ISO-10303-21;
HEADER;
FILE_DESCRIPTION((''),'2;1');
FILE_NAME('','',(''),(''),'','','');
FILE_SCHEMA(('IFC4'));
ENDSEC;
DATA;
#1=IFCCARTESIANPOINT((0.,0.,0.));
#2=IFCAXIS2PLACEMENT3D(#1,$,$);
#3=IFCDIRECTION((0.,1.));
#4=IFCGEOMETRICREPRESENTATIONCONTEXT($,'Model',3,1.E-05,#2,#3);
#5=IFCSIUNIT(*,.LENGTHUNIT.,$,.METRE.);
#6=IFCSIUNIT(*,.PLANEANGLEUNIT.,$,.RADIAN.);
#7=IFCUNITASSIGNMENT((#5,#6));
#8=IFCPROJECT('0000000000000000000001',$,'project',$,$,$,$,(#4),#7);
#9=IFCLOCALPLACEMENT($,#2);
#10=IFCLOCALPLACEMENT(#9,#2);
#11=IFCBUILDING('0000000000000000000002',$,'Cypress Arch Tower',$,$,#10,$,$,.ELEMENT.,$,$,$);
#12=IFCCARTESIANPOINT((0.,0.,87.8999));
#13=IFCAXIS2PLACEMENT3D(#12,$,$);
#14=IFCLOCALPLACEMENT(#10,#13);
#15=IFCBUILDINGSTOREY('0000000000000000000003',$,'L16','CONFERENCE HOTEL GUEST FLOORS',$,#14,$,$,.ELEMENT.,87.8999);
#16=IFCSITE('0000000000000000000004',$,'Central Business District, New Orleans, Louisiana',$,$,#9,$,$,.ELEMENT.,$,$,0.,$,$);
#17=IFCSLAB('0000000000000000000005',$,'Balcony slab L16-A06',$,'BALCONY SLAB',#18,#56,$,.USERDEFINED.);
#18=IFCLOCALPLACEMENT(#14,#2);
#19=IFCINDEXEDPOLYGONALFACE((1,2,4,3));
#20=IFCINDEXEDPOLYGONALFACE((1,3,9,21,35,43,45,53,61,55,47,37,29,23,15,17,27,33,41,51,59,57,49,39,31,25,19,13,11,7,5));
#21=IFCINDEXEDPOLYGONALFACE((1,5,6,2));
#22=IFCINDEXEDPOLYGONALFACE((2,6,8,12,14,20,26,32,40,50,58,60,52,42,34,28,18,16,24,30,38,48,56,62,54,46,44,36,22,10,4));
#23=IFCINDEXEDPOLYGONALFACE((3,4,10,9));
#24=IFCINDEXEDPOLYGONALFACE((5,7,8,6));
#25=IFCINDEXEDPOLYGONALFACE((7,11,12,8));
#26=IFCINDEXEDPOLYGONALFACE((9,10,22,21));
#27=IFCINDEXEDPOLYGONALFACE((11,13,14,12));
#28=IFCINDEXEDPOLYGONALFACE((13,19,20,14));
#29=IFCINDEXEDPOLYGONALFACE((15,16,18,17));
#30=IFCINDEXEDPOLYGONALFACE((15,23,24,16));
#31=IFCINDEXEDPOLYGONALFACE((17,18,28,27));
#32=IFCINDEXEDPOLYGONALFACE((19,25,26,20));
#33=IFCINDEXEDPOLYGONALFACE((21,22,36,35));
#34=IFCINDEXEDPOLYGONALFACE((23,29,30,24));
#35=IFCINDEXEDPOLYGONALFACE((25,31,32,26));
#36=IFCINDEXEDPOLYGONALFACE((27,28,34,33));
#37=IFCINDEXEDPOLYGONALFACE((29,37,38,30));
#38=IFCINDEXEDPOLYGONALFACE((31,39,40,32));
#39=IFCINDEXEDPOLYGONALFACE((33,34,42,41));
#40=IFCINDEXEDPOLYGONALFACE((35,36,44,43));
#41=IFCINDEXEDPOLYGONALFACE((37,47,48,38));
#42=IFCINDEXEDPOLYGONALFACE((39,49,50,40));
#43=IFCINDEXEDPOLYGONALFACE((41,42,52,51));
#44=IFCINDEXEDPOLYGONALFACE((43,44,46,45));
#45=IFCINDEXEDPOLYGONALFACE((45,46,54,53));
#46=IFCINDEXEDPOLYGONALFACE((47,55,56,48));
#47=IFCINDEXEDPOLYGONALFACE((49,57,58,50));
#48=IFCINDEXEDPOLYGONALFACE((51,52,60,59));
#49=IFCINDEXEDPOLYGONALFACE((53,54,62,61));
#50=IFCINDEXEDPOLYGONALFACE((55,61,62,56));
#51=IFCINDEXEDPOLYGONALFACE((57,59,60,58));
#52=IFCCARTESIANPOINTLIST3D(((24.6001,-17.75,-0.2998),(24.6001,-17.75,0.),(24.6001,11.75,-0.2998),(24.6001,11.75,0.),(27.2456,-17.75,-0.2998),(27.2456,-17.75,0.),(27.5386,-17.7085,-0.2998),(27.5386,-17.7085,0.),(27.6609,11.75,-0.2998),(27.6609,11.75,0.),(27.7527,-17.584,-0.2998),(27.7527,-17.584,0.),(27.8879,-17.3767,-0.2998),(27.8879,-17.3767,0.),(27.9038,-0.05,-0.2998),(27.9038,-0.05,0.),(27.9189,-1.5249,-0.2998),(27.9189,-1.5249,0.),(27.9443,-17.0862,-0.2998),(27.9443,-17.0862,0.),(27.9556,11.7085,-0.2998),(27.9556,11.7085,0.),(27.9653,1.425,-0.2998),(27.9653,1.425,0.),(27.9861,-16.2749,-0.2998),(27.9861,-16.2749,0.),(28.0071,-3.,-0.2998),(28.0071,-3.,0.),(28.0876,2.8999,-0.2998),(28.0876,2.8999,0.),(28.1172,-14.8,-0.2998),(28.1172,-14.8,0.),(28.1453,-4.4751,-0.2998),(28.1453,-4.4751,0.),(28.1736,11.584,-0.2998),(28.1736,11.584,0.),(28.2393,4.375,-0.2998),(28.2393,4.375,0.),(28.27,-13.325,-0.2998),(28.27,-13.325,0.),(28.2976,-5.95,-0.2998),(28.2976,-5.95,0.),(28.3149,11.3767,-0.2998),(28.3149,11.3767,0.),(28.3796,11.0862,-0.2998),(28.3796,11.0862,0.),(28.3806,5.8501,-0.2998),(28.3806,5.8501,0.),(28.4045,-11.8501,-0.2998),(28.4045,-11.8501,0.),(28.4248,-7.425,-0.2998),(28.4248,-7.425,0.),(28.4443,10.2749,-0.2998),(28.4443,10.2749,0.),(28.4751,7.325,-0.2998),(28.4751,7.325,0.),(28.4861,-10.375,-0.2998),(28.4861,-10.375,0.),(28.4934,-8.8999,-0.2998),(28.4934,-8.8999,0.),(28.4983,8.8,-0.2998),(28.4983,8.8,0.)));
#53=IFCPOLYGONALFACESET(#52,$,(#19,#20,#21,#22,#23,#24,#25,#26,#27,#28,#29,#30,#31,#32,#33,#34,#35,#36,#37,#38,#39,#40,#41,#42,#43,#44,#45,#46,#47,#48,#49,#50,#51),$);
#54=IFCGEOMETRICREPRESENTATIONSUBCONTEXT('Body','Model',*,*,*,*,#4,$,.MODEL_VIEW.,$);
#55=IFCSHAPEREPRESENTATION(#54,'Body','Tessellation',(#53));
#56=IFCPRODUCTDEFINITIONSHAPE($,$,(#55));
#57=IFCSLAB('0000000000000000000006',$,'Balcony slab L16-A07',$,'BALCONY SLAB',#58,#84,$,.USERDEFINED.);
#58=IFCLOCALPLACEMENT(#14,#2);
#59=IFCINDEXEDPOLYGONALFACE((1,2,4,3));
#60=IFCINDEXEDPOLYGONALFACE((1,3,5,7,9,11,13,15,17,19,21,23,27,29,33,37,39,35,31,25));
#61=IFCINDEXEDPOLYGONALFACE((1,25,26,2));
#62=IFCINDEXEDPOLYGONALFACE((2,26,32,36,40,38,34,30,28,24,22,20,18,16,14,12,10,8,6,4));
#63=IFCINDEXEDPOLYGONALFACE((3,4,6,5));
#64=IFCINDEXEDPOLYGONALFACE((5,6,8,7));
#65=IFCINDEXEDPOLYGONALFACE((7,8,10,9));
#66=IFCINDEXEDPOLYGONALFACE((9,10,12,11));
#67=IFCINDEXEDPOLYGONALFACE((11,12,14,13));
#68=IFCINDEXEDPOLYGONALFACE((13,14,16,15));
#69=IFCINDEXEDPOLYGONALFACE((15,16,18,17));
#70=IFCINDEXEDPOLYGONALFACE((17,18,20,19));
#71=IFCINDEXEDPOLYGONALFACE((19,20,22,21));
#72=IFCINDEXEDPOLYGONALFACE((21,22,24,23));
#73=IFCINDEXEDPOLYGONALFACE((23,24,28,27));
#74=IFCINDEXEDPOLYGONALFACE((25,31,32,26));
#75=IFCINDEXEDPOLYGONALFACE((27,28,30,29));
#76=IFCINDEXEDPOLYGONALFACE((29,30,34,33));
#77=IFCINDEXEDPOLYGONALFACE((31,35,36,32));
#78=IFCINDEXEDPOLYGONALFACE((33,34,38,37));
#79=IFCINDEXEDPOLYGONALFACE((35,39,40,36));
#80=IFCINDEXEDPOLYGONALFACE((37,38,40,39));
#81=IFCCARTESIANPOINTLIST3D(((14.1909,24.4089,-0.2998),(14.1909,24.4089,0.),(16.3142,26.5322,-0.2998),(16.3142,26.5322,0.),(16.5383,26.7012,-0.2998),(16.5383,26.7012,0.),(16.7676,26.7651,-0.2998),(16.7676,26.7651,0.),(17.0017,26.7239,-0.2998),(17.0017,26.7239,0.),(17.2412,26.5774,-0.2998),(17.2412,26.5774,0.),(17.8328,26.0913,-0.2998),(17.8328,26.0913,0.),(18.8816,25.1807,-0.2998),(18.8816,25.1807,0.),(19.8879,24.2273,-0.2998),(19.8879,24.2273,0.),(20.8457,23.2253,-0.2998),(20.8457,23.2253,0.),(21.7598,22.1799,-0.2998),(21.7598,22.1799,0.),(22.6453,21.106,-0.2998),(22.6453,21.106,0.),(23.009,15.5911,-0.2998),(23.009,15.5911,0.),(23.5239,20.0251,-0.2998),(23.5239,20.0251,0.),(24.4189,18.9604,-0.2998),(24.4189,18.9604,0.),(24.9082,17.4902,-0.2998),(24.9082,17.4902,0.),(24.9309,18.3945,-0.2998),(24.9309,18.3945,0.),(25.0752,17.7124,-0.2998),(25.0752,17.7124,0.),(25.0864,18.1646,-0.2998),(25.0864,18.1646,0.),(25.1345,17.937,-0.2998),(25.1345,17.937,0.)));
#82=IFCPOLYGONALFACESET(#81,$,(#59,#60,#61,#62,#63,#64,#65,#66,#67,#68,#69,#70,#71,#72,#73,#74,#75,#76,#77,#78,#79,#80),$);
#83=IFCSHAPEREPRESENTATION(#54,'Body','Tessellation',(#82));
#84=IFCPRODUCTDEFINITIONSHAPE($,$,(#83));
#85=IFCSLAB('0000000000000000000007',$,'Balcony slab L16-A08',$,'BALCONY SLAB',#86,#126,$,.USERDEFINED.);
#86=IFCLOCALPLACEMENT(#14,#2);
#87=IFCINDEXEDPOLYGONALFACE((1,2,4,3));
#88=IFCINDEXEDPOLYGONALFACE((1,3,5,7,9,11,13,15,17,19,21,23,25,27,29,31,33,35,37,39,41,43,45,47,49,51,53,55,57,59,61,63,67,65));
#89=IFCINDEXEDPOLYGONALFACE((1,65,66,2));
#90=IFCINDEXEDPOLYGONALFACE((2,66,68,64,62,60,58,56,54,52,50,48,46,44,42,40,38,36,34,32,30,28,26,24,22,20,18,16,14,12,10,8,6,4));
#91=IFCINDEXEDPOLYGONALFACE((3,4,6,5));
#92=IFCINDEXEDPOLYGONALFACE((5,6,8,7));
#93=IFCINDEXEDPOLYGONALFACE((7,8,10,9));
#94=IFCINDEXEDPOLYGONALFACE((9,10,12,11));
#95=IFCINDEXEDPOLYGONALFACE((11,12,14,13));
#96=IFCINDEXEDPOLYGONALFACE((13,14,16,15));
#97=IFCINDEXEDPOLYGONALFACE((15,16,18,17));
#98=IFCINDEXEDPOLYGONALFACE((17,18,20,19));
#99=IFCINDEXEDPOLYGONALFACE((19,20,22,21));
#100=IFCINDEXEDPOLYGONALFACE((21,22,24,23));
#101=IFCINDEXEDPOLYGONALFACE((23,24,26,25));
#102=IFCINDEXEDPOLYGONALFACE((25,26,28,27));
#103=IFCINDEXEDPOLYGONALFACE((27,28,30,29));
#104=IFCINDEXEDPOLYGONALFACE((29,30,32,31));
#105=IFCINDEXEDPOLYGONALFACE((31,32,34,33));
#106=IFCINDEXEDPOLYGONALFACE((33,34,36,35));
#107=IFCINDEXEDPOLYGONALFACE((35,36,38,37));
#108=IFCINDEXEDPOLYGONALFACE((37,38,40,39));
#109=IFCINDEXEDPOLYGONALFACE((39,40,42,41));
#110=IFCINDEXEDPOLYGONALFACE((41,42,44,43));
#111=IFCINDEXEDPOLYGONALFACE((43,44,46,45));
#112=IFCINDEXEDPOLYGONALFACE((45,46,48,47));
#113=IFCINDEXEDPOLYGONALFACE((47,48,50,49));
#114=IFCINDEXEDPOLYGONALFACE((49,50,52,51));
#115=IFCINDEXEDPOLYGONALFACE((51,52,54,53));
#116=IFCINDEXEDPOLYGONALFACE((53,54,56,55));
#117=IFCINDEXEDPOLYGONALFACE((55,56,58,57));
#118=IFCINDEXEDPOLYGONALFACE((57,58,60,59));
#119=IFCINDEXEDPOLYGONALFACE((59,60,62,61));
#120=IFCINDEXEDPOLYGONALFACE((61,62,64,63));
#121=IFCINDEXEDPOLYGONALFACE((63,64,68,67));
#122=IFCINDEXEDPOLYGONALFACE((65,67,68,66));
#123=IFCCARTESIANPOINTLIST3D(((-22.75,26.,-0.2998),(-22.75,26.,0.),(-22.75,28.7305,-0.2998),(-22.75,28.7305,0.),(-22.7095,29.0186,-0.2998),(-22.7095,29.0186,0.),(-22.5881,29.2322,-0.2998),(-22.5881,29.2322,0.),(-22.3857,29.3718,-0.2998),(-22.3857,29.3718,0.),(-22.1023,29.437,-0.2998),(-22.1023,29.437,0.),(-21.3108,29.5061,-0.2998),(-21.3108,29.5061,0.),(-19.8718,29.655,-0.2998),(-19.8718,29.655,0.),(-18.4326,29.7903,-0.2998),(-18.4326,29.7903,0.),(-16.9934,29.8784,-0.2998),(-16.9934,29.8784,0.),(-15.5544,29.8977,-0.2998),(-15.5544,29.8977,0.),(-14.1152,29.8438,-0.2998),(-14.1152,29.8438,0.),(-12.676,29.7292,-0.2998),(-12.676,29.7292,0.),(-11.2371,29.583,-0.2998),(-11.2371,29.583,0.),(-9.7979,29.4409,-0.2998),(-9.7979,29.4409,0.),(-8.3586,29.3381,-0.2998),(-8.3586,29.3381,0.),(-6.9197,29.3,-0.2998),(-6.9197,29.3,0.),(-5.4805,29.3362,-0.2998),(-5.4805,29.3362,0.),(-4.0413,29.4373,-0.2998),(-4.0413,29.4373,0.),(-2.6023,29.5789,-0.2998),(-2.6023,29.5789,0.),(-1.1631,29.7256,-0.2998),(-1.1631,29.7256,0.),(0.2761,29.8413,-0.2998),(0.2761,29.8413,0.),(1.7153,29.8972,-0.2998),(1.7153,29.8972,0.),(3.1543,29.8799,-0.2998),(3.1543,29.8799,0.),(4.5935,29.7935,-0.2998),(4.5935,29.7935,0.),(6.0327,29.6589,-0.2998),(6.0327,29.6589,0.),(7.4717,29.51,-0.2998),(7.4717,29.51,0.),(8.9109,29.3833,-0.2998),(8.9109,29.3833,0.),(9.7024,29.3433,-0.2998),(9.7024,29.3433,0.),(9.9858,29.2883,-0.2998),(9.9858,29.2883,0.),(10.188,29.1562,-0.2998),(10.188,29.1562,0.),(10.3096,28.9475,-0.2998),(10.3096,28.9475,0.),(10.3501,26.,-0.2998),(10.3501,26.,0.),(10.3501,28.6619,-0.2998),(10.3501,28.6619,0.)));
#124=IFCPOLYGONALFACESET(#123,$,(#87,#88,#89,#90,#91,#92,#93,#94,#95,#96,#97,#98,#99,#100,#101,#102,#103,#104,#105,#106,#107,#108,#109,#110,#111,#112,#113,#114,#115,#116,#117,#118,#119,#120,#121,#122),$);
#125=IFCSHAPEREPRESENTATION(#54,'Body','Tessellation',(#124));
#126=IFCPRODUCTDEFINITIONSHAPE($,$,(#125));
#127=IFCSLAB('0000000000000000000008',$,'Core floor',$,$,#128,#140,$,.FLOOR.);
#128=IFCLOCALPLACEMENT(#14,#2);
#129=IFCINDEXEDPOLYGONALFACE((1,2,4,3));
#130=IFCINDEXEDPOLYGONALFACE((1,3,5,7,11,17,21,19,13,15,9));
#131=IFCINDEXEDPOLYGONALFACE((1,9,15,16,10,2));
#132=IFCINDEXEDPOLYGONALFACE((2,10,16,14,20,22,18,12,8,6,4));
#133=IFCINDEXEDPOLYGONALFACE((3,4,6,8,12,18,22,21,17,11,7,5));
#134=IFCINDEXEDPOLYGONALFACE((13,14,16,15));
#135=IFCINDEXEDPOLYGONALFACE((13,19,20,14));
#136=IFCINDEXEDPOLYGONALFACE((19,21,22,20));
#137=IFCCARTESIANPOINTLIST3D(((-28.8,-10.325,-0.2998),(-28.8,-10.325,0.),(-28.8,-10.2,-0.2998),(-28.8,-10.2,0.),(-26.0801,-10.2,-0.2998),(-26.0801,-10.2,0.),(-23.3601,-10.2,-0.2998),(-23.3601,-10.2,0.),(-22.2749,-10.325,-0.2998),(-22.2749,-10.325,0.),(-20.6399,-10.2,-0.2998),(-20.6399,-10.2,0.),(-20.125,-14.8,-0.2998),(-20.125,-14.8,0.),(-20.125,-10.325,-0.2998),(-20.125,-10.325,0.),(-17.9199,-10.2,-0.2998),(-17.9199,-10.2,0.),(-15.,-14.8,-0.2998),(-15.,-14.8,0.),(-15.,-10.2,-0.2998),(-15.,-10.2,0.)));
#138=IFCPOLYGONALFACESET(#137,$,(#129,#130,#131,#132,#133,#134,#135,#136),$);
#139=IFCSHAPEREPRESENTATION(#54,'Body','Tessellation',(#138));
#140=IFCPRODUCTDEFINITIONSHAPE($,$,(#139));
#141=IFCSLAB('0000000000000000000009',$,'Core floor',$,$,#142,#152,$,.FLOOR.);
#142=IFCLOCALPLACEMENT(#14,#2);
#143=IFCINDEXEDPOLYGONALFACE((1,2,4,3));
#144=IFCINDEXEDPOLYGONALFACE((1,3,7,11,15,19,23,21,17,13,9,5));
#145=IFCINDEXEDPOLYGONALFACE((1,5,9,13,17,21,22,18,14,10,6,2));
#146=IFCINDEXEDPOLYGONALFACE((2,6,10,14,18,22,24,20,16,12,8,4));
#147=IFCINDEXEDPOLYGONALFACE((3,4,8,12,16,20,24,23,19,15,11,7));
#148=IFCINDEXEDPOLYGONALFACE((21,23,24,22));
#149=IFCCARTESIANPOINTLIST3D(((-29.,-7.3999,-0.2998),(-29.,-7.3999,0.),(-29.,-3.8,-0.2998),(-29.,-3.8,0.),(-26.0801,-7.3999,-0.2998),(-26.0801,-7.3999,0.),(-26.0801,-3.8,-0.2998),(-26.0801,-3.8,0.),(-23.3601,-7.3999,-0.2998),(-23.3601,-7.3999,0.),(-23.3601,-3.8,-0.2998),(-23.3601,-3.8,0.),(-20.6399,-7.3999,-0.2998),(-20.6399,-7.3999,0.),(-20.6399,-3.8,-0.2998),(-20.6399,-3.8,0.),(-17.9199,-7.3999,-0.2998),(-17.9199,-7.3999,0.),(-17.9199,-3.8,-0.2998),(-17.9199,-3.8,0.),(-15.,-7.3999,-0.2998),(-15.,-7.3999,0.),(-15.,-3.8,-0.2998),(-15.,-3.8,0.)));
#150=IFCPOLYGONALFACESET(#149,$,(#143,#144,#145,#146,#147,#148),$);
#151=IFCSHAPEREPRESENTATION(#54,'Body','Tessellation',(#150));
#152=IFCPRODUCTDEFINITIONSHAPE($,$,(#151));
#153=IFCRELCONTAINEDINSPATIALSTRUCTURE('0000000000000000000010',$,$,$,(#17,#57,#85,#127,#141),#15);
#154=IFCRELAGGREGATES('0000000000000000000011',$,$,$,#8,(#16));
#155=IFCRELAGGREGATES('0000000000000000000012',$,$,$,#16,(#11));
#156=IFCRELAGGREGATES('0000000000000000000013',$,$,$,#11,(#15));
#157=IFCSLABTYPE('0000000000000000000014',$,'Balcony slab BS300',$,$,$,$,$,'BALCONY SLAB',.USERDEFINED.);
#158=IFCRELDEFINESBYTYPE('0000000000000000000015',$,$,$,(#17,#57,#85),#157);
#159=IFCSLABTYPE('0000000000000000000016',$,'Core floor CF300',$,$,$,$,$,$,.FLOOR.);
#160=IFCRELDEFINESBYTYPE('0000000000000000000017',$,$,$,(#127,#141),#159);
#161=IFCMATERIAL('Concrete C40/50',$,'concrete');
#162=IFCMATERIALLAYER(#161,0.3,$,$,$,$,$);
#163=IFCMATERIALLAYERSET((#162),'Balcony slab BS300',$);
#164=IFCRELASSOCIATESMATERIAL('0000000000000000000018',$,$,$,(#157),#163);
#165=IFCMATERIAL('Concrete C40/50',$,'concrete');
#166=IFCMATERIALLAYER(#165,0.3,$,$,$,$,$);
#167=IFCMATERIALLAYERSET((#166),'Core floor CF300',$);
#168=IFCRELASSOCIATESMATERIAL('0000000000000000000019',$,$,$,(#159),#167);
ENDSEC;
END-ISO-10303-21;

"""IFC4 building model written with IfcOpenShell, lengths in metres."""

from ifc_helpers import new_model, si_unit, direction, frame, origin, place, context, subcontext, project, spatial, polyline, outline, extrude, material, layer, layer_set, type_object, element, save


model = new_model("IFC4")

# Units and contexts
model_context = context("Model", 3, precision=1e-05, world=origin(), true_north=direction((0.0, 1.0)))
body_context = subcontext(model_context, "Body", "Model", "MODEL_VIEW")
ifc_project = project(units=[si_unit("LENGTHUNIT", "METRE"), si_unit("PLANEANGLEUNIT", "RADIAN")], contexts=[model_context])

# Site, building, storey
site_placement = place(None, origin())
site = spatial("IfcSite", under=ifc_project, at=site_placement, Name="Central Business District, New Orleans, Louisiana", CompositionType="ELEMENT", RefElevation=0.0)
building_placement = place(site_placement, origin())
building = spatial("IfcBuilding", under=site, at=building_placement, Name="Cypress Arch Tower", CompositionType="ELEMENT")
storey_placement = place(building_placement, frame((0.0, 0.0, 87.8999)))
storey = spatial("IfcBuildingStorey", under=building, at=storey_placement, Name="L16", Description="CONFERENCE HOTEL GUEST FLOORS", CompositionType="ELEMENT", Elevation=87.8999)

# Slabs
ifc_material_1 = material(Name="Concrete C40/50", Category="concrete")
ifc_layer_1 = layer(ifc_material_1, 0.3)
ifc_layer_set_1 = layer_set([ifc_layer_1], Name="Balcony slab BS300")
slab_type_1 = type_object("IfcSlabType", Name="Balcony slab BS300", ElementType="BALCONY SLAB", PredefinedType="USERDEFINED", material=ifc_layer_set_1)
slab_1_placement = place(storey_placement, frame((0.0, 0.0, -0.2998)))
element("IfcSlab", 1, at=slab_1_placement, inside=storey, type_object=slab_type_1, Name="Balcony slab L16-A06", ObjectType="BALCONY SLAB", PredefinedType="USERDEFINED", context=body_context, shape_type="SweptSolid", body=[
    extrude(outline(polyline([(24.6001, -17.75), (27.2456, -17.75), (27.5386, -17.7085), (27.7527, -17.584), (27.8879, -17.3767), (27.9443, -17.0862), (27.9861, -16.2749), (28.1172, -14.8), (28.27, -13.325), (28.4045, -11.8501), (28.4861, -10.375), (28.4934, -8.8999), (28.4248, -7.425), (28.2976, -5.95), (28.1453, -4.4751), (28.0071, -3.0), (27.9189, -1.5249), (27.9038, -0.05), (27.9653, 1.425), (28.0876, 2.8999), (28.2393, 4.375), (28.3806, 5.8501), (28.4751, 7.325), (28.4983, 8.8), (28.4443, 10.2749), (28.3796, 11.0862), (28.3149, 11.3767), (28.1736, 11.584), (27.9556, 11.7085), (27.6609, 11.75), (24.6001, 11.75), (24.6001, -17.75)])), origin(), (0.0, 0.0, 1.0), 0.2998),
])
slab_2_placement = place(storey_placement, frame((0.0, 0.0, -0.2998)))
element("IfcSlab", 2, at=slab_2_placement, inside=storey, type_object=slab_type_1, Name="Balcony slab L16-A07", ObjectType="BALCONY SLAB", PredefinedType="USERDEFINED", context=body_context, shape_type="SweptSolid", body=[
    extrude(outline(polyline([(23.009, 15.5911), (24.9082, 17.4902), (25.0752, 17.7124), (25.1345, 17.937), (25.0864, 18.1646), (24.9309, 18.3945), (24.4189, 18.9604), (23.5239, 20.0251), (22.6453, 21.106), (21.7598, 22.1799), (20.8457, 23.2253), (19.8879, 24.2273), (18.8816, 25.1807), (17.8328, 26.0913), (17.2412, 26.5774), (17.0017, 26.7239), (16.7676, 26.7651), (16.5383, 26.7012), (16.3142, 26.5322), (14.1909, 24.4089), (23.009, 15.5911)])), origin(), (0.0, 0.0, 1.0), 0.2998),
])
slab_3_placement = place(storey_placement, frame((0.0, 0.0, -0.2998)))
element("IfcSlab", 3, at=slab_3_placement, inside=storey, type_object=slab_type_1, Name="Balcony slab L16-A08", ObjectType="BALCONY SLAB", PredefinedType="USERDEFINED", context=body_context, shape_type="SweptSolid", body=[
    extrude(outline(polyline([(10.3501, 26.0), (10.3501, 28.6619), (10.3096, 28.9475), (10.188, 29.1562), (9.9858, 29.2883), (9.7024, 29.3433), (8.9109, 29.3833), (7.4717, 29.51), (6.0327, 29.6589), (4.5935, 29.7935), (3.1543, 29.8799), (1.7153, 29.8972), (0.2761, 29.8413), (-1.1631, 29.7256), (-2.6023, 29.5789), (-4.0413, 29.4373), (-5.4805, 29.3362), (-6.9197, 29.3), (-8.3586, 29.3381), (-9.7979, 29.4409), (-11.2371, 29.583), (-12.676, 29.7292), (-14.1152, 29.8438), (-15.5544, 29.8977), (-16.9934, 29.8784), (-18.4326, 29.7903), (-19.8718, 29.655), (-21.3108, 29.5061), (-22.1023, 29.437), (-22.3857, 29.3718), (-22.5881, 29.2322), (-22.7095, 29.0186), (-22.75, 28.7305), (-22.75, 26.0), (10.3501, 26.0)])), origin(), (0.0, 0.0, 1.0), 0.2998),
])
ifc_material_2 = material(Name="Concrete C40/50", Category="concrete")
ifc_layer_2 = layer(ifc_material_2, 0.3)
ifc_layer_set_2 = layer_set([ifc_layer_2], Name="Core floor CF300")
slab_type_2 = type_object("IfcSlabType", Name="Core floor CF300", PredefinedType="FLOOR", material=ifc_layer_set_2)
slab_4_placement = place(storey_placement, frame((0.0, 0.0, -0.2998)))
element("IfcSlab", 4, at=slab_4_placement, inside=storey, type_object=slab_type_2, Name="Core floor", PredefinedType="FLOOR", context=body_context, shape_type="SweptSolid", body=[
    extrude(outline(polyline([(-20.125, -14.8), (-15.0, -14.8), (-15.0, -10.2), (-17.9199, -10.2), (-20.6399, -10.2), (-23.3601, -10.2), (-26.0801, -10.2), (-28.8, -10.2), (-28.8, -10.325), (-22.2749, -10.325), (-20.125, -10.325), (-20.125, -14.8)])), origin(), (0.0, 0.0, 1.0), 0.2998),
])
slab_5_placement = place(storey_placement, frame((0.0, 0.0, -0.2998)))
element("IfcSlab", 5, at=slab_5_placement, inside=storey, type_object=slab_type_2, Name="Core floor", PredefinedType="FLOOR", context=body_context, shape_type="SweptSolid", body=[
    extrude(outline(polyline([(-29.0, -3.8), (-29.0, -7.3999), (-26.0801, -7.3999), (-23.3601, -7.3999), (-20.6399, -7.3999), (-17.9199, -7.3999), (-15.0, -7.3999), (-15.0, -3.8), (-17.9199, -3.8), (-20.6399, -3.8), (-23.3601, -3.8), (-26.0801, -3.8), (-29.0, -3.8)])), origin(), (0.0, 0.0, 1.0), 0.2998),
])

save(model, "model.ifc")
